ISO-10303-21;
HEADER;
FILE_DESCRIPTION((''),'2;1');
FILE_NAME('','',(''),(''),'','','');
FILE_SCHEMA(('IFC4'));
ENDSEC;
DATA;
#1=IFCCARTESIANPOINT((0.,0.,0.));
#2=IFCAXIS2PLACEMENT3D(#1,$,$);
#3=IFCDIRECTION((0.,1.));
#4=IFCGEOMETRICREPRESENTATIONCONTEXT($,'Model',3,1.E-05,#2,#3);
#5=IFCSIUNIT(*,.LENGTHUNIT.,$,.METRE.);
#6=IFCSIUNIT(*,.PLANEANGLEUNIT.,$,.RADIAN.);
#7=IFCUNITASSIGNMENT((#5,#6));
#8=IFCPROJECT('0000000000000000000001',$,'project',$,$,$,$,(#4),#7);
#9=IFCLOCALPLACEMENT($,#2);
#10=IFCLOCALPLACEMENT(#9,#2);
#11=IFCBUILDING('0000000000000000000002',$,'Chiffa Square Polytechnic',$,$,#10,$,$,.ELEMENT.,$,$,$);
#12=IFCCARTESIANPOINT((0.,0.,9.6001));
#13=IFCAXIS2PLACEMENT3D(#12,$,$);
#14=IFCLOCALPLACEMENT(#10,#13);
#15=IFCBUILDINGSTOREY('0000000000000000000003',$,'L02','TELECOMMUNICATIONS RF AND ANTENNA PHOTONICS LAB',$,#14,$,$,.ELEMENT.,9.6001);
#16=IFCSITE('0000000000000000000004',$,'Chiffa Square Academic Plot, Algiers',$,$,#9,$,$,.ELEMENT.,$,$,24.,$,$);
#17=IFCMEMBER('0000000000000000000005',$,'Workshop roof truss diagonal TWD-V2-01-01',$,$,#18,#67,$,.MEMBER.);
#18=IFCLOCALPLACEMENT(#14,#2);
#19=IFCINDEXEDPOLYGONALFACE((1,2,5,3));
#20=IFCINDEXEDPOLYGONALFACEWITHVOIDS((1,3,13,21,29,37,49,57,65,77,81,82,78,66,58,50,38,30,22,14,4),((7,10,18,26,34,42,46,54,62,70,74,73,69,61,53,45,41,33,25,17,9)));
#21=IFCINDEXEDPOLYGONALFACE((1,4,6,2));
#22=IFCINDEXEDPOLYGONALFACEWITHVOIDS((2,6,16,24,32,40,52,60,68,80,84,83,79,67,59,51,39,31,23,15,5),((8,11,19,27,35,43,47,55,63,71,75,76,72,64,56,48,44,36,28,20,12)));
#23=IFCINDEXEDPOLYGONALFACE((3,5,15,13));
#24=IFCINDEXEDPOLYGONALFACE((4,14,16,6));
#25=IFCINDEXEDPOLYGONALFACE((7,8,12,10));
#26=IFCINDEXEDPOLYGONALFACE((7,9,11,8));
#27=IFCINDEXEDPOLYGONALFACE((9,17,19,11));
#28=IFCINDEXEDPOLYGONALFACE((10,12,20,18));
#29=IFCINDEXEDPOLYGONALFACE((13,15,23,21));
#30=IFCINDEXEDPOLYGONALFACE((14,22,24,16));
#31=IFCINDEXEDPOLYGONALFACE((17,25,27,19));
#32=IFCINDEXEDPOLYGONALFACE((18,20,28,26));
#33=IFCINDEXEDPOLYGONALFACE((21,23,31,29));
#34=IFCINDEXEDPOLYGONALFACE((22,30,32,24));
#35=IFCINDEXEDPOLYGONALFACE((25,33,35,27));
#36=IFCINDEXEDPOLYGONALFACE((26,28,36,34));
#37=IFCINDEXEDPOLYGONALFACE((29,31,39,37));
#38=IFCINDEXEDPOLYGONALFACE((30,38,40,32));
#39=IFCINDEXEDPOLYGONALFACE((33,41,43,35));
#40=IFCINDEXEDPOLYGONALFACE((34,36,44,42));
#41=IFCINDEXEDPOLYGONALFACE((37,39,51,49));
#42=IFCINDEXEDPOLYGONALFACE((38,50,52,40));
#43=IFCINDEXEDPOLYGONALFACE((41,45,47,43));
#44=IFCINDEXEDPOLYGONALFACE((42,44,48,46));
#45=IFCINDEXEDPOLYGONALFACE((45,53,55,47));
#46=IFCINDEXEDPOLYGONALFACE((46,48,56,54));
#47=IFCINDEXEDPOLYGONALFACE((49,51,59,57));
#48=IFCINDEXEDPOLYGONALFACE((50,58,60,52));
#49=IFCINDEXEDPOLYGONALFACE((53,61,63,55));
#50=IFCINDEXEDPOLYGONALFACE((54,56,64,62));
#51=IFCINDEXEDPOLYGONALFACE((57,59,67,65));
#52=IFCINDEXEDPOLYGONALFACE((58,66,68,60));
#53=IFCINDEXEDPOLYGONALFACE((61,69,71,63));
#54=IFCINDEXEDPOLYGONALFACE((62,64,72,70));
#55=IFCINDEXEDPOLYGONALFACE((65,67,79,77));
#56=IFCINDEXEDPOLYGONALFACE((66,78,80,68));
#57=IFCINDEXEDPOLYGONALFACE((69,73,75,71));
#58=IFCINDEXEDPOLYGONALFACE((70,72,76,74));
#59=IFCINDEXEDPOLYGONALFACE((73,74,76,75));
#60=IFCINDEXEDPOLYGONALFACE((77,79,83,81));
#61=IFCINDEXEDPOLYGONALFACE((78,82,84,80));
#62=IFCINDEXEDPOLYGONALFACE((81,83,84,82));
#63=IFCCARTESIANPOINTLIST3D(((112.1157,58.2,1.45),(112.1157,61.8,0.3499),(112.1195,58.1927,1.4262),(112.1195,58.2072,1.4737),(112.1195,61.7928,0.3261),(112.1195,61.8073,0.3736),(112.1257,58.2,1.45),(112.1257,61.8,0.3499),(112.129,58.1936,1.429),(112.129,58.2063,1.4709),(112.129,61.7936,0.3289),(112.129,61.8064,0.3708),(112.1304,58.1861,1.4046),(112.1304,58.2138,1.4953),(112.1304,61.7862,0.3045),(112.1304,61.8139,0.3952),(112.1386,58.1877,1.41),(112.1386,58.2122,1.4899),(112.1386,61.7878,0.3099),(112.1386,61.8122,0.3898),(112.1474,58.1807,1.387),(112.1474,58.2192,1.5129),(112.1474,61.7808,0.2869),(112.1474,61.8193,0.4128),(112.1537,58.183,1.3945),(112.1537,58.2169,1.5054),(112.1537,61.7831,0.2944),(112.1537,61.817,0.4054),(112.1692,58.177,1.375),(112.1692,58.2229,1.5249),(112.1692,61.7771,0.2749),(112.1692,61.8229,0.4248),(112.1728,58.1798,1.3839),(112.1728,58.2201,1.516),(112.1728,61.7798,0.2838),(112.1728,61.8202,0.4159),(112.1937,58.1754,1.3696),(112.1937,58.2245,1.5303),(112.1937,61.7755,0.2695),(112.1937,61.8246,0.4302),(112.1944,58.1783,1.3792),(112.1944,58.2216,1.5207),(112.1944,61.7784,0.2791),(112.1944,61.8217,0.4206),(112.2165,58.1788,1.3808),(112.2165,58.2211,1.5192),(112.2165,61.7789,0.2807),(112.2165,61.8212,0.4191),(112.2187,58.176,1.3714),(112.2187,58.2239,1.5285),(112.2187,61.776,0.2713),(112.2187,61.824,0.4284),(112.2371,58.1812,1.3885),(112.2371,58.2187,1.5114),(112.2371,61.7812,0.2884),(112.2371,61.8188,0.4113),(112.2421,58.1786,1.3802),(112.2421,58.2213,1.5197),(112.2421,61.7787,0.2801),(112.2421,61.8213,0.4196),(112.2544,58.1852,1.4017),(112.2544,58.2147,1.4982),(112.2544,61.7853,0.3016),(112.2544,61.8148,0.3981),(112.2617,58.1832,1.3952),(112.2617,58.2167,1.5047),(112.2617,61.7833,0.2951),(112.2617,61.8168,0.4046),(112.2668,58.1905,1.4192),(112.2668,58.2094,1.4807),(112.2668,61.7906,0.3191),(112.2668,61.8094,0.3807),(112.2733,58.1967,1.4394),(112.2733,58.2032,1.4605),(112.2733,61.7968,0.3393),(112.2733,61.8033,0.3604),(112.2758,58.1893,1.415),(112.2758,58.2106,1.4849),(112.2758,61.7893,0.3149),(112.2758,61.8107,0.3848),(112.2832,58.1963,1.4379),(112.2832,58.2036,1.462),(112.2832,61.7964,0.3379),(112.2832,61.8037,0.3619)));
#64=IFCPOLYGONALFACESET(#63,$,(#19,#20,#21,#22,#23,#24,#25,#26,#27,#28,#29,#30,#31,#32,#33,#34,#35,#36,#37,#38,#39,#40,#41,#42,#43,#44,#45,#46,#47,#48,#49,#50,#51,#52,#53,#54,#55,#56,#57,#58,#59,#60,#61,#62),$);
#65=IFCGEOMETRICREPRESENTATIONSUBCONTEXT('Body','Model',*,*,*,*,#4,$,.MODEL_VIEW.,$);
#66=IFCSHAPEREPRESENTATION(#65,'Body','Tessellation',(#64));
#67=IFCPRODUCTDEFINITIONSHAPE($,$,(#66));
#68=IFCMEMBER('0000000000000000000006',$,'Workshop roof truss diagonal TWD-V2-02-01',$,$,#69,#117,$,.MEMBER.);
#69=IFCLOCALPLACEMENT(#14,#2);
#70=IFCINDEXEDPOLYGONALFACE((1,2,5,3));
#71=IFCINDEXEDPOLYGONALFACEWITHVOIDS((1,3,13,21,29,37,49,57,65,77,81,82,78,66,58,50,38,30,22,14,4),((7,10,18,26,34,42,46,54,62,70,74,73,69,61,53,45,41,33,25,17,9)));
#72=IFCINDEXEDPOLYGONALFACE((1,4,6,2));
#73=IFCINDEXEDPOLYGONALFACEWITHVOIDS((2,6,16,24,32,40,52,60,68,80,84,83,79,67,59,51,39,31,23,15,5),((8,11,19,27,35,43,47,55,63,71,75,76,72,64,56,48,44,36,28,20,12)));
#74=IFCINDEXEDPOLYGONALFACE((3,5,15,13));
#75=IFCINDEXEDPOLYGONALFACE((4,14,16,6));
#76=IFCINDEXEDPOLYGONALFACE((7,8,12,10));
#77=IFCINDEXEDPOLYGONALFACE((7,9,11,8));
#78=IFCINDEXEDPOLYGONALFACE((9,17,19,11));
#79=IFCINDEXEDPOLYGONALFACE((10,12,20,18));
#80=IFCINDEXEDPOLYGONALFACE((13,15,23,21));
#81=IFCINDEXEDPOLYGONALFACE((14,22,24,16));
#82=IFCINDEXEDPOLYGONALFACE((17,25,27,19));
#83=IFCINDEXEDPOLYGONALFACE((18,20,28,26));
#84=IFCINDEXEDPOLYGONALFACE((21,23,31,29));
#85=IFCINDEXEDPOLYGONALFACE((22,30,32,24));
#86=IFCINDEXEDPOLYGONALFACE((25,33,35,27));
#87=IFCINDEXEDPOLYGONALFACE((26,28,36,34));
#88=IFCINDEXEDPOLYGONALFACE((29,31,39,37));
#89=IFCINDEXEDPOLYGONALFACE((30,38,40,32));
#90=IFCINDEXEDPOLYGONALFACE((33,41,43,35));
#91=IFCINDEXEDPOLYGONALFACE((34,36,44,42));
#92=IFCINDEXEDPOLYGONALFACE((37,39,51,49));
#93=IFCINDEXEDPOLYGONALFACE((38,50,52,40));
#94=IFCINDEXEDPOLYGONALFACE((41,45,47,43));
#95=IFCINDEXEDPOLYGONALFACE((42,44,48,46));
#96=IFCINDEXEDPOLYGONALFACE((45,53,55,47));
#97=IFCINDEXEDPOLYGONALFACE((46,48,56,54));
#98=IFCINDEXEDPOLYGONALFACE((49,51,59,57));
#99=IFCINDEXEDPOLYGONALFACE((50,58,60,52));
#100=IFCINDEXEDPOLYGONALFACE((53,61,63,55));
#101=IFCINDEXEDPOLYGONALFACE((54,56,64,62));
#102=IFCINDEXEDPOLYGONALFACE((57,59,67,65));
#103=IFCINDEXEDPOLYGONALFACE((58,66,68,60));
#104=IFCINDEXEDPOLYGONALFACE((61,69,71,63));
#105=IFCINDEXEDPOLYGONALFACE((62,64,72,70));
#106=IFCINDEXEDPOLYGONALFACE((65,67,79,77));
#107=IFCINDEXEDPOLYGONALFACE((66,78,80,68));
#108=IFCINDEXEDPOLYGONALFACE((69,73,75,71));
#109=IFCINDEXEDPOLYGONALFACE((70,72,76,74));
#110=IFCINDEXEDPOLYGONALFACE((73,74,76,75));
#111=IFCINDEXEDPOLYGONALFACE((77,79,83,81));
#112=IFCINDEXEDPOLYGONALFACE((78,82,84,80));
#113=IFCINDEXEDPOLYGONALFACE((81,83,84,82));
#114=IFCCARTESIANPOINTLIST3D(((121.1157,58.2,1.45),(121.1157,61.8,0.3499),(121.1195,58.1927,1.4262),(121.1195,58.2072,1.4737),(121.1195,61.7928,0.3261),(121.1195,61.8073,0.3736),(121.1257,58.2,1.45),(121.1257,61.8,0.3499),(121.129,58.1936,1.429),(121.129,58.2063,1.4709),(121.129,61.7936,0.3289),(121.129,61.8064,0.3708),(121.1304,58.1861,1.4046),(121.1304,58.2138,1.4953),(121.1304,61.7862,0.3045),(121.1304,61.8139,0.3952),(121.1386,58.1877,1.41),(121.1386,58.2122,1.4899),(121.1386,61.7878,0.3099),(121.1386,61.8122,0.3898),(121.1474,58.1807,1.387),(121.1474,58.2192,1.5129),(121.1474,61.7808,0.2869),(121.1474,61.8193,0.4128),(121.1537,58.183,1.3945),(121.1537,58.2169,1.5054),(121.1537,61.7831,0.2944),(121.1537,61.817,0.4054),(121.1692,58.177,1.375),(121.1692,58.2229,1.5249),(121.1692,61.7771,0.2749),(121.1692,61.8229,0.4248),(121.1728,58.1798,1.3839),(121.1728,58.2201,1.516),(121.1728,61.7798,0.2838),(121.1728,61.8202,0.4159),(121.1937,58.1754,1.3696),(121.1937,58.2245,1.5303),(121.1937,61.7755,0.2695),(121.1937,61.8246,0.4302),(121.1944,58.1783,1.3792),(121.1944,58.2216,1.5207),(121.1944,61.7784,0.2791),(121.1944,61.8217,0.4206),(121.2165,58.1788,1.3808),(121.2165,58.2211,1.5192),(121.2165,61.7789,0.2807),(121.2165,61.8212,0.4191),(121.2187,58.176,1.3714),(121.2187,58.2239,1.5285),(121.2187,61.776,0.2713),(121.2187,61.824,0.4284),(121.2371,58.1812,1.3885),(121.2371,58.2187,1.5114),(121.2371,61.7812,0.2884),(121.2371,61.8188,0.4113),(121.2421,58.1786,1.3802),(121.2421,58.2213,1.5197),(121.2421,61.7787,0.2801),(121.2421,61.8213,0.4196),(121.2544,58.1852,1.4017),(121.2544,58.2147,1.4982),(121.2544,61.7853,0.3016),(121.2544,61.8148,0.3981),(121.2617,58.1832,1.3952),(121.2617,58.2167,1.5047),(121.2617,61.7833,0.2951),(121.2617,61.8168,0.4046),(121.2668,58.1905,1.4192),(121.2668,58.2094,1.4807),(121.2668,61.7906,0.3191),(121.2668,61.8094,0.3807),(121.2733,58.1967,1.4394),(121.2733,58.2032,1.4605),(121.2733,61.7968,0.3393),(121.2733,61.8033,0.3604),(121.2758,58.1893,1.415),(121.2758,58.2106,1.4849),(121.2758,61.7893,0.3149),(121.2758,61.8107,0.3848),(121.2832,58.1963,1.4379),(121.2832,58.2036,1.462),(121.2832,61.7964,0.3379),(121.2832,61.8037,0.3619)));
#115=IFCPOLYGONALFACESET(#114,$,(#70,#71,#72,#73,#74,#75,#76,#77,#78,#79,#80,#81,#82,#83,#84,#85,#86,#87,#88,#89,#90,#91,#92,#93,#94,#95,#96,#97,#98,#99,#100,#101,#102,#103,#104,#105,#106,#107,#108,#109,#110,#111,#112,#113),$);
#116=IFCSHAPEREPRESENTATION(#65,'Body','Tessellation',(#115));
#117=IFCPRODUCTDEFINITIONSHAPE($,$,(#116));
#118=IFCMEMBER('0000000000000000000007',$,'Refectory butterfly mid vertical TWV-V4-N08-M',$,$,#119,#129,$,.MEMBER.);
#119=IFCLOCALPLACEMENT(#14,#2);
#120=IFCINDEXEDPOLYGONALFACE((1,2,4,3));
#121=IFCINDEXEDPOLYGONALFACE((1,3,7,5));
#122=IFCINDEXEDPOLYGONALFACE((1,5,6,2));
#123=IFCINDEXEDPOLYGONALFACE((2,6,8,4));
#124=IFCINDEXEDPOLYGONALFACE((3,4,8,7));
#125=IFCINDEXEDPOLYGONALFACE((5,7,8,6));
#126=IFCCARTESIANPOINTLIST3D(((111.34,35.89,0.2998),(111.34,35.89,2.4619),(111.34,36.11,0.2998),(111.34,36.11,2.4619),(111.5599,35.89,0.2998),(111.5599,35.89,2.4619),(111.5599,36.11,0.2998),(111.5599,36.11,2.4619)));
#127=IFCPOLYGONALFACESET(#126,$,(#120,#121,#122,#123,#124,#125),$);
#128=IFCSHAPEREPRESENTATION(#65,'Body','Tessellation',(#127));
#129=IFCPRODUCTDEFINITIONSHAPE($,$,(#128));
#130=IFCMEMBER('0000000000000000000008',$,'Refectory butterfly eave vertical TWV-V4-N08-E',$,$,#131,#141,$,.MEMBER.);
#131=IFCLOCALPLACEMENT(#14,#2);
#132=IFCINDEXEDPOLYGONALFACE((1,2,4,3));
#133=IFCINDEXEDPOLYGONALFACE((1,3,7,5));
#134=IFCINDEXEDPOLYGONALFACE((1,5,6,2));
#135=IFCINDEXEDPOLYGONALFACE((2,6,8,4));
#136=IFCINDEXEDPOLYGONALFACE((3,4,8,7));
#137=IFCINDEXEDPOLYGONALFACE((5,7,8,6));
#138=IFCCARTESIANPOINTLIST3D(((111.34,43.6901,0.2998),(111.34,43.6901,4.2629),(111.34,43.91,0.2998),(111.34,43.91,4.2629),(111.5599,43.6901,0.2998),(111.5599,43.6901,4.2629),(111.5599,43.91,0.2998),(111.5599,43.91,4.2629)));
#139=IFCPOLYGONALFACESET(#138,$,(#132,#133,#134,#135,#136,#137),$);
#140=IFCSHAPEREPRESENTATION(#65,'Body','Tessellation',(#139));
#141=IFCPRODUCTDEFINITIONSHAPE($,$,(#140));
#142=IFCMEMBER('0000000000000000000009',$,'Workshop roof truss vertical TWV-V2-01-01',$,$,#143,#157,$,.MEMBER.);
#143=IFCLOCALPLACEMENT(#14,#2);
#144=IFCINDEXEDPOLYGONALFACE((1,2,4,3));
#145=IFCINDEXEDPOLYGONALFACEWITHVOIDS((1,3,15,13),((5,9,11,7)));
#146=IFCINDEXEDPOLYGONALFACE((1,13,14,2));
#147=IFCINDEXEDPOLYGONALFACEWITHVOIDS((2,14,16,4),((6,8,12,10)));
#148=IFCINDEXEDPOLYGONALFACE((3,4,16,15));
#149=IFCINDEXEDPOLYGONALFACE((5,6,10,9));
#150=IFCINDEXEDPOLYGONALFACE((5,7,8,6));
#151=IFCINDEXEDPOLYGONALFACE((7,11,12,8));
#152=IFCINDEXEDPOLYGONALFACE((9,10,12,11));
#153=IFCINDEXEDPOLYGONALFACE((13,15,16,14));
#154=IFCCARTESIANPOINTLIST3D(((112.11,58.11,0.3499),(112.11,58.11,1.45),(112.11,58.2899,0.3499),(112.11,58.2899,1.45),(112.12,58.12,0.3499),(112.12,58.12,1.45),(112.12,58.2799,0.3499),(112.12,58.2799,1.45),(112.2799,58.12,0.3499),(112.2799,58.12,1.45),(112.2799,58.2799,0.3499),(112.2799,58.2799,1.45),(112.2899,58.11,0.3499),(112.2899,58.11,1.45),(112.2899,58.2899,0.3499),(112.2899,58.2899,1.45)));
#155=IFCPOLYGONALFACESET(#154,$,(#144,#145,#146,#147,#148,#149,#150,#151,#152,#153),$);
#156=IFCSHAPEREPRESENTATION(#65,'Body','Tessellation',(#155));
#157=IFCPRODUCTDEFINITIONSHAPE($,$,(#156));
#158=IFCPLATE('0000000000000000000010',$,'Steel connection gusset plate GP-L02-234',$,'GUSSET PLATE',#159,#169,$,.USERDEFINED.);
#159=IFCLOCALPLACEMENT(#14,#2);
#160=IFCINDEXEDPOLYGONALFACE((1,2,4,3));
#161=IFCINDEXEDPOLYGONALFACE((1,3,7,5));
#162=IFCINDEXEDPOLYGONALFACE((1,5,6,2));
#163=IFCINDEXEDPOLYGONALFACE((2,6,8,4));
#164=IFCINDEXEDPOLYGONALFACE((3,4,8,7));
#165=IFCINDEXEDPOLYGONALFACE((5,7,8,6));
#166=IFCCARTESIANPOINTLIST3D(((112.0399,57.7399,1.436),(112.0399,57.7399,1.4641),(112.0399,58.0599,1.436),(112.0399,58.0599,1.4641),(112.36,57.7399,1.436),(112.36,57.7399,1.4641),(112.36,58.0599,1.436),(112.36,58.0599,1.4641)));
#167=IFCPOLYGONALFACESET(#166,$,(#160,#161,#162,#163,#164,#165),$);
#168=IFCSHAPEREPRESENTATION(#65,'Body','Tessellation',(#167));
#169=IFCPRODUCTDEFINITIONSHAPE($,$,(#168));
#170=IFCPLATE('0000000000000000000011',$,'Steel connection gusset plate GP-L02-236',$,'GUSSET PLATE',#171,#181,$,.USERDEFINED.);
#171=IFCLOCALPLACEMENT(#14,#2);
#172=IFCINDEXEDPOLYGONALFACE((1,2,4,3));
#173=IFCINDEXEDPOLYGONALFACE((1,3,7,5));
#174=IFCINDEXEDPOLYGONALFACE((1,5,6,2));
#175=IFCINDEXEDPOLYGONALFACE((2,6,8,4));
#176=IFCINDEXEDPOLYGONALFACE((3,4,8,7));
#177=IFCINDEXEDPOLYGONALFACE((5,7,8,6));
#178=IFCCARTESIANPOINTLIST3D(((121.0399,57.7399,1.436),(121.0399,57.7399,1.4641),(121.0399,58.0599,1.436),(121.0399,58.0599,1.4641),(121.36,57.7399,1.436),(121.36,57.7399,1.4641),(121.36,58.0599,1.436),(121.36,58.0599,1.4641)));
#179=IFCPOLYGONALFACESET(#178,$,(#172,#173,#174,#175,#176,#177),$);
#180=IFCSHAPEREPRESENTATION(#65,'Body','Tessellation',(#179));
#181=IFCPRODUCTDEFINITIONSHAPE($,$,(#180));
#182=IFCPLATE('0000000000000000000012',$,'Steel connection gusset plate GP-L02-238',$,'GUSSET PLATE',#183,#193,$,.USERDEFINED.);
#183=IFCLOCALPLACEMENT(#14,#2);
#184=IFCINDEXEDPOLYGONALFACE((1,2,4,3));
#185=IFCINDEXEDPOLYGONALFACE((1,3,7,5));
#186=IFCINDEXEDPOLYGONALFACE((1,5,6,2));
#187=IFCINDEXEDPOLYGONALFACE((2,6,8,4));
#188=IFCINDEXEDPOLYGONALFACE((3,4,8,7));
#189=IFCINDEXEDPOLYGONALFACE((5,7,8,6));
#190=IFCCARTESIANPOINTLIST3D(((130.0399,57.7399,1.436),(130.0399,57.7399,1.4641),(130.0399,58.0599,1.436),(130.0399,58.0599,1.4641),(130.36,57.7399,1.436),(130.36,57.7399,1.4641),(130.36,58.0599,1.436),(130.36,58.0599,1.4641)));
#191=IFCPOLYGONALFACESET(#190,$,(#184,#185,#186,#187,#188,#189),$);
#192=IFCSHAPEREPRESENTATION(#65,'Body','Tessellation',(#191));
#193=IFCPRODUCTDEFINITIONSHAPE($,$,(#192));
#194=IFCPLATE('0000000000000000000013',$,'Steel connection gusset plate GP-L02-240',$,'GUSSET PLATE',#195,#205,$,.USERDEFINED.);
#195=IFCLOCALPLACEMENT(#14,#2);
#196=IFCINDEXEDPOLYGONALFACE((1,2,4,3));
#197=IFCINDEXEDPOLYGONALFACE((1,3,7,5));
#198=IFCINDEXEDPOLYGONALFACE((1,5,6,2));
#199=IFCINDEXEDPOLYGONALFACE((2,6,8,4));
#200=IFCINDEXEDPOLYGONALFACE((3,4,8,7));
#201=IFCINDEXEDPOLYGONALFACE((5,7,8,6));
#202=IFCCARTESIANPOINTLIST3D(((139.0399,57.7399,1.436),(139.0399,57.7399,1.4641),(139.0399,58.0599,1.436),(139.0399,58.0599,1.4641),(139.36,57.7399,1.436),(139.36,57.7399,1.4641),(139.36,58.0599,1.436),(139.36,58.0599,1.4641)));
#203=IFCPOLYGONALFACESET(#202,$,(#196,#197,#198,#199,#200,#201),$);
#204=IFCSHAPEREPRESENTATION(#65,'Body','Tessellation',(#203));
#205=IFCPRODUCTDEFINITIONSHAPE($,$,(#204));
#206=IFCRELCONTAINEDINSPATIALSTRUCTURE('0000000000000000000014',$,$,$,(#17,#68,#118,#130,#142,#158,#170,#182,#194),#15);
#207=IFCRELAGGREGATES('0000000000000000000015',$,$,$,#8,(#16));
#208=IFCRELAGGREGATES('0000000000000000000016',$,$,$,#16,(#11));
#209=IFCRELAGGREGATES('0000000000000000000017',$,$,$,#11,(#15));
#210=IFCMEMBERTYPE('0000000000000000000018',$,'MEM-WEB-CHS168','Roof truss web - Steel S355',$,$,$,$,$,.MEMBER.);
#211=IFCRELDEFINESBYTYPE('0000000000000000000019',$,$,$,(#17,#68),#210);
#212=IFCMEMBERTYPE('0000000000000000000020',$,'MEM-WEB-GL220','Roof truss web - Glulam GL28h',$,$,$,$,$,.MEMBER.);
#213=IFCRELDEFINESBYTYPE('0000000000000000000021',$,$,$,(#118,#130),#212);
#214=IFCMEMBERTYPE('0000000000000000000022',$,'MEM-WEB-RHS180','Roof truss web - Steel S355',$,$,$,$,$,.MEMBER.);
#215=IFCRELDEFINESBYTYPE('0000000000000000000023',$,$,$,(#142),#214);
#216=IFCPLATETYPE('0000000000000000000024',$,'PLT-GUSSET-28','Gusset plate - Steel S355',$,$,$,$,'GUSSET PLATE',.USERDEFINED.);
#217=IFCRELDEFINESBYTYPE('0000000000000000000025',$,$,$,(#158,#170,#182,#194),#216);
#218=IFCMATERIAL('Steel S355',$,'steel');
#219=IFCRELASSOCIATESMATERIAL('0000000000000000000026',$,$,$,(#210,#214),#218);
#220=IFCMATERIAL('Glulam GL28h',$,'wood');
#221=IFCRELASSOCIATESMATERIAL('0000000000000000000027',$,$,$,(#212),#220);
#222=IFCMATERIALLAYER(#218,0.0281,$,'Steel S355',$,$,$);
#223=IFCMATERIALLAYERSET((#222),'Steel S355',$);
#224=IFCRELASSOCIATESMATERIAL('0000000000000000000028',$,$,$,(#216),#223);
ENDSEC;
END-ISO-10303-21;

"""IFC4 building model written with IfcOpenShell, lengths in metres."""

from ifc_helpers import new_model, si_unit, direction, frame, origin, origin_2d, place, context, subcontext, project, spatial, rectangle, hollow_rectangle, hollow_circle, extrude, material, layer, layer_set, material_profile, profile_set, type_object, element, save


model = new_model("IFC4")

# Units and contexts
model_context = context("Model", 3, precision=1e-05, world=origin(), true_north=direction((0.0, 1.0)))
body_context = subcontext(model_context, "Body", "Model", "MODEL_VIEW")
ifc_project = project(units=[si_unit("LENGTHUNIT", "METRE"), si_unit("PLANEANGLEUNIT", "RADIAN")], contexts=[model_context])

# Site, building, storey
site_placement = place(None, origin())
site = spatial("IfcSite", under=ifc_project, at=site_placement, Name="Chiffa Square Academic Plot, Algiers", CompositionType="ELEMENT", RefElevation=24.0)
building_placement = place(site_placement, origin())
building = spatial("IfcBuilding", under=site, at=building_placement, Name="Chiffa Square Polytechnic", CompositionType="ELEMENT")
storey_placement = place(building_placement, frame((0.0, 0.0, 9.6001)))
storey = spatial("IfcBuildingStorey", under=building, at=storey_placement, Name="L02", Description="TELECOMMUNICATIONS RF AND ANTENNA PHOTONICS LAB", CompositionType="ELEMENT", Elevation=9.6001)

# Shared definitions
ifc_material_1 = material(Name="Steel S355", Category="steel")

# Members
ifc_material_profile_1 = material_profile(ifc_material_1, hollow_circle(Radius=0.0842, WallThickness=0.01, at=origin_2d()), Name="CHS 168.3x10")
ifc_profile_set_1 = profile_set([ifc_material_profile_1], Name="Steel S355")
member_type_1 = type_object("IfcMemberType", Name="MEM-WEB-CHS168", Description="Roof truss web - Steel S355", PredefinedType="MEMBER", material=ifc_profile_set_1)
for number, where, z_axis, x_axis, name in (
    (1, (112.2, 58.2, 1.45), (0.0, 0.956347, -0.292235), (-1.0, 0.0, 0.0), "Workshop roof truss diagonal TWD-V2-01-01"),
    (2, (121.2, 58.2, 1.45), (0.0, 0.956347, -0.292235), (-1.0, 0.0, 0.0), "Workshop roof truss diagonal TWD-V2-02-01"),
):
    element("IfcMember", number, at=place(storey_placement, frame(where, z_axis=z_axis, x_axis=x_axis)), inside=storey, type_object=member_type_1, Name=name, PredefinedType="MEMBER", context=body_context, shape_type="SweptSolid", body=[
        extrude(hollow_circle(Radius=0.0842, WallThickness=0.01, at=origin_2d()), origin(), (0.0, 0.0, 1.0), 3.7644),
    ])
ifc_material_2 = material(Name="Glulam GL28h", Category="wood")
ifc_material_profile_2 = material_profile(ifc_material_2, rectangle(XDim=0.22, YDim=0.22, at=origin_2d()), Name="GL28h 220x220")
ifc_profile_set_2 = profile_set([ifc_material_profile_2], Name="Glulam GL28h")
member_type_2 = type_object("IfcMemberType", Name="MEM-WEB-GL220", Description="Roof truss web - Glulam GL28h", PredefinedType="MEMBER", material=ifc_profile_set_2)
member_1_placement = place(storey_placement, frame((111.45, 36.0, 0.2998), z_axis=(0.0, 0.0, 1.0), x_axis=(1.0, 0.0, 0.0)))
element("IfcMember", 3, at=member_1_placement, inside=storey, type_object=member_type_2, Name="Refectory butterfly mid vertical TWV-V4-N08-M", PredefinedType="MEMBER", context=body_context, shape_type="SweptSolid", body=[
    extrude(rectangle(XDim=0.22, YDim=0.22, at=origin_2d()), origin(), (0.0, 0.0, 1.0), 2.1621),
])
member_2_placement = place(storey_placement, frame((111.45, 43.8, 0.2998), z_axis=(0.0, 0.0, 1.0), x_axis=(1.0, 0.0, 0.0)))
element("IfcMember", 4, at=member_2_placement, inside=storey, type_object=member_type_2, Name="Refectory butterfly eave vertical TWV-V4-N08-E", PredefinedType="MEMBER", context=body_context, shape_type="SweptSolid", body=[
    extrude(rectangle(XDim=0.22, YDim=0.22, at=origin_2d()), origin(), (0.0, 0.0, 1.0), 3.9631),
])
ifc_material_profile_3 = material_profile(ifc_material_1, hollow_rectangle(XDim=0.1799, YDim=0.1799, WallThickness=0.01, at=origin_2d()), Name="RHS 180x180x10")
ifc_profile_set_3 = profile_set([ifc_material_profile_3], Name="Steel S355")
member_type_3 = type_object("IfcMemberType", Name="MEM-WEB-RHS180", Description="Roof truss web - Steel S355", PredefinedType="MEMBER", material=ifc_profile_set_3)
member_3_placement = place(storey_placement, frame((112.2, 58.2, 0.3499), z_axis=(0.0, 0.0, 1.0), x_axis=(1.0, 0.0, 0.0)))
element("IfcMember", 5, at=member_3_placement, inside=storey, type_object=member_type_3, Name="Workshop roof truss vertical TWV-V2-01-01", PredefinedType="MEMBER", context=body_context, shape_type="SweptSolid", body=[
    extrude(hollow_rectangle(XDim=0.1799, YDim=0.1799, WallThickness=0.01, at=origin_2d()), origin(), (0.0, 0.0, 1.0), 1.1001),
])

# Plates
ifc_layer_1 = layer(ifc_material_1, 0.0281, Name="Steel S355")
ifc_layer_set_1 = layer_set([ifc_layer_1], Name="Steel S355")
plate_type_1 = type_object("IfcPlateType", Name="PLT-GUSSET-28", Description="Gusset plate - Steel S355", ElementType="GUSSET PLATE", PredefinedType="USERDEFINED", material=ifc_layer_set_1)
for number, where, z_axis, x_axis, name in (
    (6, (112.2, 57.8999, 1.436), (0.0, 0.0, 1.0), (1.0, 0.0, 0.0), "Steel connection gusset plate GP-L02-234"),
    (7, (121.2, 57.8999, 1.436), (0.0, 0.0, 1.0), (1.0, 0.0, 0.0), "Steel connection gusset plate GP-L02-236"),
    (8, (130.2, 57.8999, 1.436), (0.0, 0.0, 1.0), (1.0, 0.0, 0.0), "Steel connection gusset plate GP-L02-238"),
    (9, (139.2, 57.8999, 1.436), (0.0, 0.0, 1.0), (1.0, 0.0, 0.0), "Steel connection gusset plate GP-L02-240"),
):
    element("IfcPlate", number, at=place(storey_placement, frame(where, z_axis=z_axis, x_axis=x_axis)), inside=storey, type_object=plate_type_1, Name=name, ObjectType="GUSSET PLATE", PredefinedType="USERDEFINED", context=body_context, shape_type="SweptSolid", body=[
        extrude(rectangle(XDim=0.3201, YDim=0.3201, at=origin_2d()), origin(), (0.0, 0.0, 1.0), 0.0281),
    ])

save(model, "model.ifc")
